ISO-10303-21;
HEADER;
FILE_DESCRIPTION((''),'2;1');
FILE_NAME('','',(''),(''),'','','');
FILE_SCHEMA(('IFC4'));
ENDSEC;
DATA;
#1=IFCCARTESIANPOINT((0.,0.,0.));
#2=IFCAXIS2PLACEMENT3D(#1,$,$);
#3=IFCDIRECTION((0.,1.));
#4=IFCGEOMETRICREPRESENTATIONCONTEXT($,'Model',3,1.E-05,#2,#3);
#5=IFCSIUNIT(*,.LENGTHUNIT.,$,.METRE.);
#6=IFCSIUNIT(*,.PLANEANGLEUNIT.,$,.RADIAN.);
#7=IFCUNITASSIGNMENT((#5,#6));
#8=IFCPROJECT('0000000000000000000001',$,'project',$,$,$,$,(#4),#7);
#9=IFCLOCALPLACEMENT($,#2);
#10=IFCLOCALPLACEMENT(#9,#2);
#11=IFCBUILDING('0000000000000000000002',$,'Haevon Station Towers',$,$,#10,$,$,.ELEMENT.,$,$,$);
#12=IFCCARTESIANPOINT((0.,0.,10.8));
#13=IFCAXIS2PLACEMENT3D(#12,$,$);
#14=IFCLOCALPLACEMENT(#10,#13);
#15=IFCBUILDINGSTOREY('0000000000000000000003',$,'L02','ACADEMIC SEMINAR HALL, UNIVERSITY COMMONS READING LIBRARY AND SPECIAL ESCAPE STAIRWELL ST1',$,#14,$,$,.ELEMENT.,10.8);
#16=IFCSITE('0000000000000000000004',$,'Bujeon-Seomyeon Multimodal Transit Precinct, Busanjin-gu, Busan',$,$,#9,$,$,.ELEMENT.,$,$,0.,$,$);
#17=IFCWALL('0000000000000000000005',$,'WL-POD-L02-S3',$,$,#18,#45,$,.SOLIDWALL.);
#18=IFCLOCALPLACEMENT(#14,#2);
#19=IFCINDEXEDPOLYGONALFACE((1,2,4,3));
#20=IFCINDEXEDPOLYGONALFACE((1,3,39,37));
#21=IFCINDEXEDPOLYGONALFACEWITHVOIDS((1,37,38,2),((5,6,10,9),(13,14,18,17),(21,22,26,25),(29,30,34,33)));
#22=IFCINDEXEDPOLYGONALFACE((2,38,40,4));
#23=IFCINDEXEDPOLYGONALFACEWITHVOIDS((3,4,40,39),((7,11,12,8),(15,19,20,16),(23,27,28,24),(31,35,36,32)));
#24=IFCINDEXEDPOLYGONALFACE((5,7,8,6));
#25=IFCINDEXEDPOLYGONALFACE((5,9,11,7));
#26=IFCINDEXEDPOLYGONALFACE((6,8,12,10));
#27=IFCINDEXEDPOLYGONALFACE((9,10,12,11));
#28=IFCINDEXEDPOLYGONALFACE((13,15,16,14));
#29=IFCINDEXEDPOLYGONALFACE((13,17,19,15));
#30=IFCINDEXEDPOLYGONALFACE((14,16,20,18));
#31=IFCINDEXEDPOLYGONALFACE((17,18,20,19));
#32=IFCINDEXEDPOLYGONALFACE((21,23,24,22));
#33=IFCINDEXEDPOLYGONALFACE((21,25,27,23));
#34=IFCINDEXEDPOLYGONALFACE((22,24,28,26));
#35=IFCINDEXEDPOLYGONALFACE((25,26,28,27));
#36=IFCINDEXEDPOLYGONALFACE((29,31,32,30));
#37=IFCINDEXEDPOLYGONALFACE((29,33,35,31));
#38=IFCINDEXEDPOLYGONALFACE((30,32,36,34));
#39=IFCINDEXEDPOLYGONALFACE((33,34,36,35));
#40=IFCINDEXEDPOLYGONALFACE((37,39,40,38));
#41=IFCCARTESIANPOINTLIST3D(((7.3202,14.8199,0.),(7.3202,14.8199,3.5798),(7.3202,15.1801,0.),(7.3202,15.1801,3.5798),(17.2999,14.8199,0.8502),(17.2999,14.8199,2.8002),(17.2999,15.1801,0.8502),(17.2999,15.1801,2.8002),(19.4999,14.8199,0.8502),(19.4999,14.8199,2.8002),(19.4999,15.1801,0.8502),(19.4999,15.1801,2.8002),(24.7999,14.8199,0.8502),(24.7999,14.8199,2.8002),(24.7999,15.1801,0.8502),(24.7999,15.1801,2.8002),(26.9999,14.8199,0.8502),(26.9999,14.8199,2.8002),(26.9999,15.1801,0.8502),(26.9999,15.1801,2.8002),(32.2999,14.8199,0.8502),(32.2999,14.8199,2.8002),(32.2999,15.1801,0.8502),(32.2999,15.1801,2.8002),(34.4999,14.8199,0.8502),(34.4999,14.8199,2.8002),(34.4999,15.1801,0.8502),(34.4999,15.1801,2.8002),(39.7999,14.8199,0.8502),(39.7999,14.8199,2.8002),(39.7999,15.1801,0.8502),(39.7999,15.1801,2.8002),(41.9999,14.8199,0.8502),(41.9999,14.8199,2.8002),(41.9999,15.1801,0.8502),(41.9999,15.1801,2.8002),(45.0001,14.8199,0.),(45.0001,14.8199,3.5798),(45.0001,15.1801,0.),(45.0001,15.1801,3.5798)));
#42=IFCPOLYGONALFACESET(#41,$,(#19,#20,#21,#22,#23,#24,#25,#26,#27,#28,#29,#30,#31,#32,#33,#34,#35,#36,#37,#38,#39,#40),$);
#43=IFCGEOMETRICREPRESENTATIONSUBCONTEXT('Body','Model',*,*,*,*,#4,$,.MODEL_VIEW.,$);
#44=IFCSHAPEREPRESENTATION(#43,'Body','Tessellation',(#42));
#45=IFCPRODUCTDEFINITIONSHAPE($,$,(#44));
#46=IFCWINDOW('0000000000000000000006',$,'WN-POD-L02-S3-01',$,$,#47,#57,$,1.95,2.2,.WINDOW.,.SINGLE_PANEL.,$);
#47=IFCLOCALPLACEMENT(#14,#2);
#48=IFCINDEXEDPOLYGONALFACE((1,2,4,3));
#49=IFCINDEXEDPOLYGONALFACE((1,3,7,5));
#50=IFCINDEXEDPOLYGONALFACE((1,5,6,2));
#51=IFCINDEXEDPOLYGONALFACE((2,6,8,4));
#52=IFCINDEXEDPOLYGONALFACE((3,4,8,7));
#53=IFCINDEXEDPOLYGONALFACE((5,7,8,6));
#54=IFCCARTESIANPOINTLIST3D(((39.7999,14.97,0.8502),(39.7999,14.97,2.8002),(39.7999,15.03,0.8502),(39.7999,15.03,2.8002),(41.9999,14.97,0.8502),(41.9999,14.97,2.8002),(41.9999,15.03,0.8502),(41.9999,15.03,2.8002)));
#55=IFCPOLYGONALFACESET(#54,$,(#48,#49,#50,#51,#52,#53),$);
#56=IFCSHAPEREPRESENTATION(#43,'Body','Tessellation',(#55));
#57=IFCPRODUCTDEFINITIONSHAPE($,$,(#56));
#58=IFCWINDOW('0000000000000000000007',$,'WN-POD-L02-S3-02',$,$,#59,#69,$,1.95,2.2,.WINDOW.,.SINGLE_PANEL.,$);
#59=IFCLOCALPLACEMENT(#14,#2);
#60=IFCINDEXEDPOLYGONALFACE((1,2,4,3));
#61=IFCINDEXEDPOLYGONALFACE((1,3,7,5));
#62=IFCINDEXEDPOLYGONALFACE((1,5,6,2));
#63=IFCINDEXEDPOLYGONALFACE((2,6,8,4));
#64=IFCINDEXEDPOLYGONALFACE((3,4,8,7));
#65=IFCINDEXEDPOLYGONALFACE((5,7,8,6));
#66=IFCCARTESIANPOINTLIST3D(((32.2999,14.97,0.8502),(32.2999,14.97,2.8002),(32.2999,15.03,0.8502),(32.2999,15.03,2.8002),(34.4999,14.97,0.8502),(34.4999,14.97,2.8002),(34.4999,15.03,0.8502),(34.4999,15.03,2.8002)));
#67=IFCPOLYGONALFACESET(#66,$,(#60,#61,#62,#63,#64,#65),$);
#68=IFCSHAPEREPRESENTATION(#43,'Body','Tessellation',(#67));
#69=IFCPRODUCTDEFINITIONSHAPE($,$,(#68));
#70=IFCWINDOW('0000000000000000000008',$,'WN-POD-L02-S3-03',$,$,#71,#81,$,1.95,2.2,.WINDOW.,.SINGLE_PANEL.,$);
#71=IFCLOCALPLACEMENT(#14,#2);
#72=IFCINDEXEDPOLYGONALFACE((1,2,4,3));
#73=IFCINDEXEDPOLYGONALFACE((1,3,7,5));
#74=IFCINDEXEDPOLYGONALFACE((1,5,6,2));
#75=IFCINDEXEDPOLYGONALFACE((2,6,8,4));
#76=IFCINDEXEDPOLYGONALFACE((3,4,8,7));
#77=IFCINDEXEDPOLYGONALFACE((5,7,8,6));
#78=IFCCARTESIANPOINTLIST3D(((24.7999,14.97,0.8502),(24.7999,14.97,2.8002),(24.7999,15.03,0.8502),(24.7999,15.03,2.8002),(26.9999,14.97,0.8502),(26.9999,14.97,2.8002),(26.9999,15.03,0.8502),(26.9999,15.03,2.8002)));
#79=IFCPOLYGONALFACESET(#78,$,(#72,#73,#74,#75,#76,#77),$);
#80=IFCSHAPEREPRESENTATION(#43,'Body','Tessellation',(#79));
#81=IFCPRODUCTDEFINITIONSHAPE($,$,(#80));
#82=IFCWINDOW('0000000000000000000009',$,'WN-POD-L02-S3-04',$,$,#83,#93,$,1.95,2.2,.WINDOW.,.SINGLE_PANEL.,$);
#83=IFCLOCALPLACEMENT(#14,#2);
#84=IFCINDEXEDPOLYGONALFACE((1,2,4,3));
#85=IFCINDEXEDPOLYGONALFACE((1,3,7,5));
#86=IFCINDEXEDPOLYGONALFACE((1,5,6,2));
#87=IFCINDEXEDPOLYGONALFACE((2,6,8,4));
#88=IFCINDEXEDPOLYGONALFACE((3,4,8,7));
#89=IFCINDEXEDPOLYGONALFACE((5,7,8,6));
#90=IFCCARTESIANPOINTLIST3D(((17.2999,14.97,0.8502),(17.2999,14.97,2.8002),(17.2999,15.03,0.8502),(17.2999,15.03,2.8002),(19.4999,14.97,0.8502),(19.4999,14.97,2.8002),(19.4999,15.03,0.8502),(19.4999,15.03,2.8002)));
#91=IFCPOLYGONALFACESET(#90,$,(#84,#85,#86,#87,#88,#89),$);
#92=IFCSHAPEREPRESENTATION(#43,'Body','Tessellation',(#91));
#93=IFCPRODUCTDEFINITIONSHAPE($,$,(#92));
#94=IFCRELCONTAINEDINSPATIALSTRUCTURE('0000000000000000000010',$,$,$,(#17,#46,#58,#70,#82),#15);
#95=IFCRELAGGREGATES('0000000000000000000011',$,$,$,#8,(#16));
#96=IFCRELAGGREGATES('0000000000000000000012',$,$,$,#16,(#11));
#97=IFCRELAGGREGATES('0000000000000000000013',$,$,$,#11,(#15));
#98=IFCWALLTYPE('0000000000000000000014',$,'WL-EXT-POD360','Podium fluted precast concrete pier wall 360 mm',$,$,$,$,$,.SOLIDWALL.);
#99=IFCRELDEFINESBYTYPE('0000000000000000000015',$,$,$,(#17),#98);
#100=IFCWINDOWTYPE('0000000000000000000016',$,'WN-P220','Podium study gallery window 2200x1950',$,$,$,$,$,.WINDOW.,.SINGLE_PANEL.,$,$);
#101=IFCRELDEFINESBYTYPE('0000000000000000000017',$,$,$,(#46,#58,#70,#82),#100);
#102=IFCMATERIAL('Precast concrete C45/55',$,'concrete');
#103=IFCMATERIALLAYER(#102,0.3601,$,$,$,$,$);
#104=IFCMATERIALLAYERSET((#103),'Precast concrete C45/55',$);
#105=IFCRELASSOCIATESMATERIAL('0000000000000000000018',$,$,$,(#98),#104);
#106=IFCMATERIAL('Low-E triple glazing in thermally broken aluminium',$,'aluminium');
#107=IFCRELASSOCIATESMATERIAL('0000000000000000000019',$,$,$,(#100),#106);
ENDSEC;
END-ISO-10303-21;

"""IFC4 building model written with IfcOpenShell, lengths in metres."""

from ifc_helpers import new_model, si_unit, direction, frame, frame_2d, origin, place, context, subcontext, project, spatial, rectangle, extrude, material, layer, layer_set, type_object, element, fill, save


model = new_model("IFC4")

# Units and contexts
model_context = context("Model", 3, precision=1e-05, world=origin(), true_north=direction((0.0, 1.0)))
body_context = subcontext(model_context, "Body", "Model", "MODEL_VIEW")
ifc_project = project(units=[si_unit("LENGTHUNIT", "METRE"), si_unit("PLANEANGLEUNIT", "RADIAN")], contexts=[model_context])

# Site, building, storey
site_placement = place(None, origin())
site = spatial("IfcSite", under=ifc_project, at=site_placement, Name="Bujeon-Seomyeon Multimodal Transit Precinct, Busanjin-gu, Busan", CompositionType="ELEMENT", RefElevation=0.0)
building_placement = place(site_placement, origin())
building = spatial("IfcBuilding", under=site, at=building_placement, Name="Haevon Station Towers", CompositionType="ELEMENT")
storey_placement = place(building_placement, frame((0.0, 0.0, 10.8)))
storey = spatial("IfcBuildingStorey", under=building, at=storey_placement, Name="L02", Description="ACADEMIC SEMINAR HALL, UNIVERSITY COMMONS READING LIBRARY AND SPECIAL ESCAPE STAIRWELL ST1", CompositionType="ELEMENT", Elevation=10.8)

# Wall, openings, windows
ifc_material_1 = material(Name="Precast concrete C45/55", Category="concrete")
ifc_layer_1 = layer(ifc_material_1, 0.3601)
ifc_layer_set_1 = layer_set([ifc_layer_1], Name="Precast concrete C45/55")
wall_type = type_object("IfcWallType", Name="WL-EXT-POD360", Description="Podium fluted precast concrete pier wall 360 mm", PredefinedType="SOLIDWALL", material=ifc_layer_set_1)
wall_placement = place(storey_placement, frame((45.0, 15.0, 0.0), z_axis=(0.0, 0.0, 1.0), x_axis=(-1.0, 0.0, 0.0)))
wall = element("IfcWall", 1, at=wall_placement, inside=storey, type_object=wall_type, Name="WL-POD-L02-S3", PredefinedType="SOLIDWALL", context=body_context, shape_type="SweptSolid", body=[
    extrude(rectangle(XDim=37.6799, YDim=0.3601, at=frame_2d((18.8398, 0.0))), origin(), (0.0, 0.0, 1.0), 3.5798),
])
opening_1_placement = place(wall_placement, frame((3.0, 0.0, 0.8501)))
opening_1 = element("IfcOpeningElement", 2, at=opening_1_placement, cuts=wall, PredefinedType="OPENING", context=body_context, shape_type="SweptSolid", body=[
    extrude(rectangle(XDim=2.2, YDim=1.95, at=frame_2d((1.1001, 0.9751))), frame((0.0, 0.1899, 0.0), z_axis=(0.0, -1.0, 0.0), x_axis=(1.0, 0.0, 0.0)), (0.0, 0.0, 1.0), 0.3801),
])
opening_2_placement = place(wall_placement, frame((10.5, 0.0, 0.8501)))
opening_2 = element("IfcOpeningElement", 3, at=opening_2_placement, cuts=wall, PredefinedType="OPENING", context=body_context, shape_type="SweptSolid", body=[
    extrude(rectangle(XDim=2.2, YDim=1.95, at=frame_2d((1.1001, 0.9751))), frame((0.0, 0.1899, 0.0), z_axis=(0.0, -1.0, 0.0), x_axis=(1.0, 0.0, 0.0)), (0.0, 0.0, 1.0), 0.3801),
])
opening_3_placement = place(wall_placement, frame((18.0, 0.0, 0.8501)))
opening_3 = element("IfcOpeningElement", 4, at=opening_3_placement, cuts=wall, PredefinedType="OPENING", context=body_context, shape_type="SweptSolid", body=[
    extrude(rectangle(XDim=2.2, YDim=1.95, at=frame_2d((1.1001, 0.9751))), frame((0.0, 0.1899, 0.0), z_axis=(0.0, -1.0, 0.0), x_axis=(1.0, 0.0, 0.0)), (0.0, 0.0, 1.0), 0.3801),
])
opening_4_placement = place(wall_placement, frame((25.5, 0.0, 0.8501)))
opening_4 = element("IfcOpeningElement", 5, at=opening_4_placement, cuts=wall, PredefinedType="OPENING", context=body_context, shape_type="SweptSolid", body=[
    extrude(rectangle(XDim=2.2, YDim=1.95, at=frame_2d((1.1001, 0.9751))), frame((0.0, 0.1899, 0.0), z_axis=(0.0, -1.0, 0.0), x_axis=(1.0, 0.0, 0.0)), (0.0, 0.0, 1.0), 0.3801),
])
ifc_material_2 = material(Name="Low-E triple glazing in thermally broken aluminium", Category="aluminium")
window_type = type_object("IfcWindowType", Name="WN-P220", Description="Podium study gallery window 2200x1950", PartitioningType="SINGLE_PANEL", PredefinedType="WINDOW", material=ifc_material_2)
window_1_placement = place(opening_1_placement, origin())
window_1 = element("IfcWindow", 6, at=window_1_placement, inside=storey, type_object=window_type, Name="WN-POD-L02-S3-01", OverallHeight=1.95, OverallWidth=2.2, PartitioningType="SINGLE_PANEL", PredefinedType="WINDOW", context=body_context, shape_type="SweptSolid", body=[
    extrude(rectangle(XDim=2.2, YDim=1.95, at=frame_2d((1.1001, 0.9751))), frame((0.0, 0.03, 0.0), z_axis=(0.0, -1.0, 0.0), x_axis=(1.0, 0.0, 0.0)), (0.0, 0.0, 1.0), 0.0601),
])
fill(opening_1, window_1)
window_2_placement = place(opening_2_placement, origin())
window_2 = element("IfcWindow", 7, at=window_2_placement, inside=storey, type_object=window_type, Name="WN-POD-L02-S3-02", OverallHeight=1.95, OverallWidth=2.2, PartitioningType="SINGLE_PANEL", PredefinedType="WINDOW", context=body_context, shape_type="SweptSolid", body=[
    extrude(rectangle(XDim=2.2, YDim=1.95, at=frame_2d((1.1001, 0.9751))), frame((0.0, 0.03, 0.0), z_axis=(0.0, -1.0, 0.0), x_axis=(1.0, 0.0, 0.0)), (0.0, 0.0, 1.0), 0.0601),
])
fill(opening_2, window_2)
window_3_placement = place(opening_3_placement, origin())
window_3 = element("IfcWindow", 8, at=window_3_placement, inside=storey, type_object=window_type, Name="WN-POD-L02-S3-03", OverallHeight=1.95, OverallWidth=2.2, PartitioningType="SINGLE_PANEL", PredefinedType="WINDOW", context=body_context, shape_type="SweptSolid", body=[
    extrude(rectangle(XDim=2.2, YDim=1.95, at=frame_2d((1.1001, 0.9751))), frame((0.0, 0.03, 0.0), z_axis=(0.0, -1.0, 0.0), x_axis=(1.0, 0.0, 0.0)), (0.0, 0.0, 1.0), 0.0601),
])
fill(opening_3, window_3)
window_4_placement = place(opening_4_placement, origin())
window_4 = element("IfcWindow", 9, at=window_4_placement, inside=storey, type_object=window_type, Name="WN-POD-L02-S3-04", OverallHeight=1.95, OverallWidth=2.2, PartitioningType="SINGLE_PANEL", PredefinedType="WINDOW", context=body_context, shape_type="SweptSolid", body=[
    extrude(rectangle(XDim=2.2, YDim=1.95, at=frame_2d((1.1001, 0.9751))), frame((0.0, 0.03, 0.0), z_axis=(0.0, -1.0, 0.0), x_axis=(1.0, 0.0, 0.0)), (0.0, 0.0, 1.0), 0.0601),
])
fill(opening_4, window_4)

save(model, "model.ifc")
